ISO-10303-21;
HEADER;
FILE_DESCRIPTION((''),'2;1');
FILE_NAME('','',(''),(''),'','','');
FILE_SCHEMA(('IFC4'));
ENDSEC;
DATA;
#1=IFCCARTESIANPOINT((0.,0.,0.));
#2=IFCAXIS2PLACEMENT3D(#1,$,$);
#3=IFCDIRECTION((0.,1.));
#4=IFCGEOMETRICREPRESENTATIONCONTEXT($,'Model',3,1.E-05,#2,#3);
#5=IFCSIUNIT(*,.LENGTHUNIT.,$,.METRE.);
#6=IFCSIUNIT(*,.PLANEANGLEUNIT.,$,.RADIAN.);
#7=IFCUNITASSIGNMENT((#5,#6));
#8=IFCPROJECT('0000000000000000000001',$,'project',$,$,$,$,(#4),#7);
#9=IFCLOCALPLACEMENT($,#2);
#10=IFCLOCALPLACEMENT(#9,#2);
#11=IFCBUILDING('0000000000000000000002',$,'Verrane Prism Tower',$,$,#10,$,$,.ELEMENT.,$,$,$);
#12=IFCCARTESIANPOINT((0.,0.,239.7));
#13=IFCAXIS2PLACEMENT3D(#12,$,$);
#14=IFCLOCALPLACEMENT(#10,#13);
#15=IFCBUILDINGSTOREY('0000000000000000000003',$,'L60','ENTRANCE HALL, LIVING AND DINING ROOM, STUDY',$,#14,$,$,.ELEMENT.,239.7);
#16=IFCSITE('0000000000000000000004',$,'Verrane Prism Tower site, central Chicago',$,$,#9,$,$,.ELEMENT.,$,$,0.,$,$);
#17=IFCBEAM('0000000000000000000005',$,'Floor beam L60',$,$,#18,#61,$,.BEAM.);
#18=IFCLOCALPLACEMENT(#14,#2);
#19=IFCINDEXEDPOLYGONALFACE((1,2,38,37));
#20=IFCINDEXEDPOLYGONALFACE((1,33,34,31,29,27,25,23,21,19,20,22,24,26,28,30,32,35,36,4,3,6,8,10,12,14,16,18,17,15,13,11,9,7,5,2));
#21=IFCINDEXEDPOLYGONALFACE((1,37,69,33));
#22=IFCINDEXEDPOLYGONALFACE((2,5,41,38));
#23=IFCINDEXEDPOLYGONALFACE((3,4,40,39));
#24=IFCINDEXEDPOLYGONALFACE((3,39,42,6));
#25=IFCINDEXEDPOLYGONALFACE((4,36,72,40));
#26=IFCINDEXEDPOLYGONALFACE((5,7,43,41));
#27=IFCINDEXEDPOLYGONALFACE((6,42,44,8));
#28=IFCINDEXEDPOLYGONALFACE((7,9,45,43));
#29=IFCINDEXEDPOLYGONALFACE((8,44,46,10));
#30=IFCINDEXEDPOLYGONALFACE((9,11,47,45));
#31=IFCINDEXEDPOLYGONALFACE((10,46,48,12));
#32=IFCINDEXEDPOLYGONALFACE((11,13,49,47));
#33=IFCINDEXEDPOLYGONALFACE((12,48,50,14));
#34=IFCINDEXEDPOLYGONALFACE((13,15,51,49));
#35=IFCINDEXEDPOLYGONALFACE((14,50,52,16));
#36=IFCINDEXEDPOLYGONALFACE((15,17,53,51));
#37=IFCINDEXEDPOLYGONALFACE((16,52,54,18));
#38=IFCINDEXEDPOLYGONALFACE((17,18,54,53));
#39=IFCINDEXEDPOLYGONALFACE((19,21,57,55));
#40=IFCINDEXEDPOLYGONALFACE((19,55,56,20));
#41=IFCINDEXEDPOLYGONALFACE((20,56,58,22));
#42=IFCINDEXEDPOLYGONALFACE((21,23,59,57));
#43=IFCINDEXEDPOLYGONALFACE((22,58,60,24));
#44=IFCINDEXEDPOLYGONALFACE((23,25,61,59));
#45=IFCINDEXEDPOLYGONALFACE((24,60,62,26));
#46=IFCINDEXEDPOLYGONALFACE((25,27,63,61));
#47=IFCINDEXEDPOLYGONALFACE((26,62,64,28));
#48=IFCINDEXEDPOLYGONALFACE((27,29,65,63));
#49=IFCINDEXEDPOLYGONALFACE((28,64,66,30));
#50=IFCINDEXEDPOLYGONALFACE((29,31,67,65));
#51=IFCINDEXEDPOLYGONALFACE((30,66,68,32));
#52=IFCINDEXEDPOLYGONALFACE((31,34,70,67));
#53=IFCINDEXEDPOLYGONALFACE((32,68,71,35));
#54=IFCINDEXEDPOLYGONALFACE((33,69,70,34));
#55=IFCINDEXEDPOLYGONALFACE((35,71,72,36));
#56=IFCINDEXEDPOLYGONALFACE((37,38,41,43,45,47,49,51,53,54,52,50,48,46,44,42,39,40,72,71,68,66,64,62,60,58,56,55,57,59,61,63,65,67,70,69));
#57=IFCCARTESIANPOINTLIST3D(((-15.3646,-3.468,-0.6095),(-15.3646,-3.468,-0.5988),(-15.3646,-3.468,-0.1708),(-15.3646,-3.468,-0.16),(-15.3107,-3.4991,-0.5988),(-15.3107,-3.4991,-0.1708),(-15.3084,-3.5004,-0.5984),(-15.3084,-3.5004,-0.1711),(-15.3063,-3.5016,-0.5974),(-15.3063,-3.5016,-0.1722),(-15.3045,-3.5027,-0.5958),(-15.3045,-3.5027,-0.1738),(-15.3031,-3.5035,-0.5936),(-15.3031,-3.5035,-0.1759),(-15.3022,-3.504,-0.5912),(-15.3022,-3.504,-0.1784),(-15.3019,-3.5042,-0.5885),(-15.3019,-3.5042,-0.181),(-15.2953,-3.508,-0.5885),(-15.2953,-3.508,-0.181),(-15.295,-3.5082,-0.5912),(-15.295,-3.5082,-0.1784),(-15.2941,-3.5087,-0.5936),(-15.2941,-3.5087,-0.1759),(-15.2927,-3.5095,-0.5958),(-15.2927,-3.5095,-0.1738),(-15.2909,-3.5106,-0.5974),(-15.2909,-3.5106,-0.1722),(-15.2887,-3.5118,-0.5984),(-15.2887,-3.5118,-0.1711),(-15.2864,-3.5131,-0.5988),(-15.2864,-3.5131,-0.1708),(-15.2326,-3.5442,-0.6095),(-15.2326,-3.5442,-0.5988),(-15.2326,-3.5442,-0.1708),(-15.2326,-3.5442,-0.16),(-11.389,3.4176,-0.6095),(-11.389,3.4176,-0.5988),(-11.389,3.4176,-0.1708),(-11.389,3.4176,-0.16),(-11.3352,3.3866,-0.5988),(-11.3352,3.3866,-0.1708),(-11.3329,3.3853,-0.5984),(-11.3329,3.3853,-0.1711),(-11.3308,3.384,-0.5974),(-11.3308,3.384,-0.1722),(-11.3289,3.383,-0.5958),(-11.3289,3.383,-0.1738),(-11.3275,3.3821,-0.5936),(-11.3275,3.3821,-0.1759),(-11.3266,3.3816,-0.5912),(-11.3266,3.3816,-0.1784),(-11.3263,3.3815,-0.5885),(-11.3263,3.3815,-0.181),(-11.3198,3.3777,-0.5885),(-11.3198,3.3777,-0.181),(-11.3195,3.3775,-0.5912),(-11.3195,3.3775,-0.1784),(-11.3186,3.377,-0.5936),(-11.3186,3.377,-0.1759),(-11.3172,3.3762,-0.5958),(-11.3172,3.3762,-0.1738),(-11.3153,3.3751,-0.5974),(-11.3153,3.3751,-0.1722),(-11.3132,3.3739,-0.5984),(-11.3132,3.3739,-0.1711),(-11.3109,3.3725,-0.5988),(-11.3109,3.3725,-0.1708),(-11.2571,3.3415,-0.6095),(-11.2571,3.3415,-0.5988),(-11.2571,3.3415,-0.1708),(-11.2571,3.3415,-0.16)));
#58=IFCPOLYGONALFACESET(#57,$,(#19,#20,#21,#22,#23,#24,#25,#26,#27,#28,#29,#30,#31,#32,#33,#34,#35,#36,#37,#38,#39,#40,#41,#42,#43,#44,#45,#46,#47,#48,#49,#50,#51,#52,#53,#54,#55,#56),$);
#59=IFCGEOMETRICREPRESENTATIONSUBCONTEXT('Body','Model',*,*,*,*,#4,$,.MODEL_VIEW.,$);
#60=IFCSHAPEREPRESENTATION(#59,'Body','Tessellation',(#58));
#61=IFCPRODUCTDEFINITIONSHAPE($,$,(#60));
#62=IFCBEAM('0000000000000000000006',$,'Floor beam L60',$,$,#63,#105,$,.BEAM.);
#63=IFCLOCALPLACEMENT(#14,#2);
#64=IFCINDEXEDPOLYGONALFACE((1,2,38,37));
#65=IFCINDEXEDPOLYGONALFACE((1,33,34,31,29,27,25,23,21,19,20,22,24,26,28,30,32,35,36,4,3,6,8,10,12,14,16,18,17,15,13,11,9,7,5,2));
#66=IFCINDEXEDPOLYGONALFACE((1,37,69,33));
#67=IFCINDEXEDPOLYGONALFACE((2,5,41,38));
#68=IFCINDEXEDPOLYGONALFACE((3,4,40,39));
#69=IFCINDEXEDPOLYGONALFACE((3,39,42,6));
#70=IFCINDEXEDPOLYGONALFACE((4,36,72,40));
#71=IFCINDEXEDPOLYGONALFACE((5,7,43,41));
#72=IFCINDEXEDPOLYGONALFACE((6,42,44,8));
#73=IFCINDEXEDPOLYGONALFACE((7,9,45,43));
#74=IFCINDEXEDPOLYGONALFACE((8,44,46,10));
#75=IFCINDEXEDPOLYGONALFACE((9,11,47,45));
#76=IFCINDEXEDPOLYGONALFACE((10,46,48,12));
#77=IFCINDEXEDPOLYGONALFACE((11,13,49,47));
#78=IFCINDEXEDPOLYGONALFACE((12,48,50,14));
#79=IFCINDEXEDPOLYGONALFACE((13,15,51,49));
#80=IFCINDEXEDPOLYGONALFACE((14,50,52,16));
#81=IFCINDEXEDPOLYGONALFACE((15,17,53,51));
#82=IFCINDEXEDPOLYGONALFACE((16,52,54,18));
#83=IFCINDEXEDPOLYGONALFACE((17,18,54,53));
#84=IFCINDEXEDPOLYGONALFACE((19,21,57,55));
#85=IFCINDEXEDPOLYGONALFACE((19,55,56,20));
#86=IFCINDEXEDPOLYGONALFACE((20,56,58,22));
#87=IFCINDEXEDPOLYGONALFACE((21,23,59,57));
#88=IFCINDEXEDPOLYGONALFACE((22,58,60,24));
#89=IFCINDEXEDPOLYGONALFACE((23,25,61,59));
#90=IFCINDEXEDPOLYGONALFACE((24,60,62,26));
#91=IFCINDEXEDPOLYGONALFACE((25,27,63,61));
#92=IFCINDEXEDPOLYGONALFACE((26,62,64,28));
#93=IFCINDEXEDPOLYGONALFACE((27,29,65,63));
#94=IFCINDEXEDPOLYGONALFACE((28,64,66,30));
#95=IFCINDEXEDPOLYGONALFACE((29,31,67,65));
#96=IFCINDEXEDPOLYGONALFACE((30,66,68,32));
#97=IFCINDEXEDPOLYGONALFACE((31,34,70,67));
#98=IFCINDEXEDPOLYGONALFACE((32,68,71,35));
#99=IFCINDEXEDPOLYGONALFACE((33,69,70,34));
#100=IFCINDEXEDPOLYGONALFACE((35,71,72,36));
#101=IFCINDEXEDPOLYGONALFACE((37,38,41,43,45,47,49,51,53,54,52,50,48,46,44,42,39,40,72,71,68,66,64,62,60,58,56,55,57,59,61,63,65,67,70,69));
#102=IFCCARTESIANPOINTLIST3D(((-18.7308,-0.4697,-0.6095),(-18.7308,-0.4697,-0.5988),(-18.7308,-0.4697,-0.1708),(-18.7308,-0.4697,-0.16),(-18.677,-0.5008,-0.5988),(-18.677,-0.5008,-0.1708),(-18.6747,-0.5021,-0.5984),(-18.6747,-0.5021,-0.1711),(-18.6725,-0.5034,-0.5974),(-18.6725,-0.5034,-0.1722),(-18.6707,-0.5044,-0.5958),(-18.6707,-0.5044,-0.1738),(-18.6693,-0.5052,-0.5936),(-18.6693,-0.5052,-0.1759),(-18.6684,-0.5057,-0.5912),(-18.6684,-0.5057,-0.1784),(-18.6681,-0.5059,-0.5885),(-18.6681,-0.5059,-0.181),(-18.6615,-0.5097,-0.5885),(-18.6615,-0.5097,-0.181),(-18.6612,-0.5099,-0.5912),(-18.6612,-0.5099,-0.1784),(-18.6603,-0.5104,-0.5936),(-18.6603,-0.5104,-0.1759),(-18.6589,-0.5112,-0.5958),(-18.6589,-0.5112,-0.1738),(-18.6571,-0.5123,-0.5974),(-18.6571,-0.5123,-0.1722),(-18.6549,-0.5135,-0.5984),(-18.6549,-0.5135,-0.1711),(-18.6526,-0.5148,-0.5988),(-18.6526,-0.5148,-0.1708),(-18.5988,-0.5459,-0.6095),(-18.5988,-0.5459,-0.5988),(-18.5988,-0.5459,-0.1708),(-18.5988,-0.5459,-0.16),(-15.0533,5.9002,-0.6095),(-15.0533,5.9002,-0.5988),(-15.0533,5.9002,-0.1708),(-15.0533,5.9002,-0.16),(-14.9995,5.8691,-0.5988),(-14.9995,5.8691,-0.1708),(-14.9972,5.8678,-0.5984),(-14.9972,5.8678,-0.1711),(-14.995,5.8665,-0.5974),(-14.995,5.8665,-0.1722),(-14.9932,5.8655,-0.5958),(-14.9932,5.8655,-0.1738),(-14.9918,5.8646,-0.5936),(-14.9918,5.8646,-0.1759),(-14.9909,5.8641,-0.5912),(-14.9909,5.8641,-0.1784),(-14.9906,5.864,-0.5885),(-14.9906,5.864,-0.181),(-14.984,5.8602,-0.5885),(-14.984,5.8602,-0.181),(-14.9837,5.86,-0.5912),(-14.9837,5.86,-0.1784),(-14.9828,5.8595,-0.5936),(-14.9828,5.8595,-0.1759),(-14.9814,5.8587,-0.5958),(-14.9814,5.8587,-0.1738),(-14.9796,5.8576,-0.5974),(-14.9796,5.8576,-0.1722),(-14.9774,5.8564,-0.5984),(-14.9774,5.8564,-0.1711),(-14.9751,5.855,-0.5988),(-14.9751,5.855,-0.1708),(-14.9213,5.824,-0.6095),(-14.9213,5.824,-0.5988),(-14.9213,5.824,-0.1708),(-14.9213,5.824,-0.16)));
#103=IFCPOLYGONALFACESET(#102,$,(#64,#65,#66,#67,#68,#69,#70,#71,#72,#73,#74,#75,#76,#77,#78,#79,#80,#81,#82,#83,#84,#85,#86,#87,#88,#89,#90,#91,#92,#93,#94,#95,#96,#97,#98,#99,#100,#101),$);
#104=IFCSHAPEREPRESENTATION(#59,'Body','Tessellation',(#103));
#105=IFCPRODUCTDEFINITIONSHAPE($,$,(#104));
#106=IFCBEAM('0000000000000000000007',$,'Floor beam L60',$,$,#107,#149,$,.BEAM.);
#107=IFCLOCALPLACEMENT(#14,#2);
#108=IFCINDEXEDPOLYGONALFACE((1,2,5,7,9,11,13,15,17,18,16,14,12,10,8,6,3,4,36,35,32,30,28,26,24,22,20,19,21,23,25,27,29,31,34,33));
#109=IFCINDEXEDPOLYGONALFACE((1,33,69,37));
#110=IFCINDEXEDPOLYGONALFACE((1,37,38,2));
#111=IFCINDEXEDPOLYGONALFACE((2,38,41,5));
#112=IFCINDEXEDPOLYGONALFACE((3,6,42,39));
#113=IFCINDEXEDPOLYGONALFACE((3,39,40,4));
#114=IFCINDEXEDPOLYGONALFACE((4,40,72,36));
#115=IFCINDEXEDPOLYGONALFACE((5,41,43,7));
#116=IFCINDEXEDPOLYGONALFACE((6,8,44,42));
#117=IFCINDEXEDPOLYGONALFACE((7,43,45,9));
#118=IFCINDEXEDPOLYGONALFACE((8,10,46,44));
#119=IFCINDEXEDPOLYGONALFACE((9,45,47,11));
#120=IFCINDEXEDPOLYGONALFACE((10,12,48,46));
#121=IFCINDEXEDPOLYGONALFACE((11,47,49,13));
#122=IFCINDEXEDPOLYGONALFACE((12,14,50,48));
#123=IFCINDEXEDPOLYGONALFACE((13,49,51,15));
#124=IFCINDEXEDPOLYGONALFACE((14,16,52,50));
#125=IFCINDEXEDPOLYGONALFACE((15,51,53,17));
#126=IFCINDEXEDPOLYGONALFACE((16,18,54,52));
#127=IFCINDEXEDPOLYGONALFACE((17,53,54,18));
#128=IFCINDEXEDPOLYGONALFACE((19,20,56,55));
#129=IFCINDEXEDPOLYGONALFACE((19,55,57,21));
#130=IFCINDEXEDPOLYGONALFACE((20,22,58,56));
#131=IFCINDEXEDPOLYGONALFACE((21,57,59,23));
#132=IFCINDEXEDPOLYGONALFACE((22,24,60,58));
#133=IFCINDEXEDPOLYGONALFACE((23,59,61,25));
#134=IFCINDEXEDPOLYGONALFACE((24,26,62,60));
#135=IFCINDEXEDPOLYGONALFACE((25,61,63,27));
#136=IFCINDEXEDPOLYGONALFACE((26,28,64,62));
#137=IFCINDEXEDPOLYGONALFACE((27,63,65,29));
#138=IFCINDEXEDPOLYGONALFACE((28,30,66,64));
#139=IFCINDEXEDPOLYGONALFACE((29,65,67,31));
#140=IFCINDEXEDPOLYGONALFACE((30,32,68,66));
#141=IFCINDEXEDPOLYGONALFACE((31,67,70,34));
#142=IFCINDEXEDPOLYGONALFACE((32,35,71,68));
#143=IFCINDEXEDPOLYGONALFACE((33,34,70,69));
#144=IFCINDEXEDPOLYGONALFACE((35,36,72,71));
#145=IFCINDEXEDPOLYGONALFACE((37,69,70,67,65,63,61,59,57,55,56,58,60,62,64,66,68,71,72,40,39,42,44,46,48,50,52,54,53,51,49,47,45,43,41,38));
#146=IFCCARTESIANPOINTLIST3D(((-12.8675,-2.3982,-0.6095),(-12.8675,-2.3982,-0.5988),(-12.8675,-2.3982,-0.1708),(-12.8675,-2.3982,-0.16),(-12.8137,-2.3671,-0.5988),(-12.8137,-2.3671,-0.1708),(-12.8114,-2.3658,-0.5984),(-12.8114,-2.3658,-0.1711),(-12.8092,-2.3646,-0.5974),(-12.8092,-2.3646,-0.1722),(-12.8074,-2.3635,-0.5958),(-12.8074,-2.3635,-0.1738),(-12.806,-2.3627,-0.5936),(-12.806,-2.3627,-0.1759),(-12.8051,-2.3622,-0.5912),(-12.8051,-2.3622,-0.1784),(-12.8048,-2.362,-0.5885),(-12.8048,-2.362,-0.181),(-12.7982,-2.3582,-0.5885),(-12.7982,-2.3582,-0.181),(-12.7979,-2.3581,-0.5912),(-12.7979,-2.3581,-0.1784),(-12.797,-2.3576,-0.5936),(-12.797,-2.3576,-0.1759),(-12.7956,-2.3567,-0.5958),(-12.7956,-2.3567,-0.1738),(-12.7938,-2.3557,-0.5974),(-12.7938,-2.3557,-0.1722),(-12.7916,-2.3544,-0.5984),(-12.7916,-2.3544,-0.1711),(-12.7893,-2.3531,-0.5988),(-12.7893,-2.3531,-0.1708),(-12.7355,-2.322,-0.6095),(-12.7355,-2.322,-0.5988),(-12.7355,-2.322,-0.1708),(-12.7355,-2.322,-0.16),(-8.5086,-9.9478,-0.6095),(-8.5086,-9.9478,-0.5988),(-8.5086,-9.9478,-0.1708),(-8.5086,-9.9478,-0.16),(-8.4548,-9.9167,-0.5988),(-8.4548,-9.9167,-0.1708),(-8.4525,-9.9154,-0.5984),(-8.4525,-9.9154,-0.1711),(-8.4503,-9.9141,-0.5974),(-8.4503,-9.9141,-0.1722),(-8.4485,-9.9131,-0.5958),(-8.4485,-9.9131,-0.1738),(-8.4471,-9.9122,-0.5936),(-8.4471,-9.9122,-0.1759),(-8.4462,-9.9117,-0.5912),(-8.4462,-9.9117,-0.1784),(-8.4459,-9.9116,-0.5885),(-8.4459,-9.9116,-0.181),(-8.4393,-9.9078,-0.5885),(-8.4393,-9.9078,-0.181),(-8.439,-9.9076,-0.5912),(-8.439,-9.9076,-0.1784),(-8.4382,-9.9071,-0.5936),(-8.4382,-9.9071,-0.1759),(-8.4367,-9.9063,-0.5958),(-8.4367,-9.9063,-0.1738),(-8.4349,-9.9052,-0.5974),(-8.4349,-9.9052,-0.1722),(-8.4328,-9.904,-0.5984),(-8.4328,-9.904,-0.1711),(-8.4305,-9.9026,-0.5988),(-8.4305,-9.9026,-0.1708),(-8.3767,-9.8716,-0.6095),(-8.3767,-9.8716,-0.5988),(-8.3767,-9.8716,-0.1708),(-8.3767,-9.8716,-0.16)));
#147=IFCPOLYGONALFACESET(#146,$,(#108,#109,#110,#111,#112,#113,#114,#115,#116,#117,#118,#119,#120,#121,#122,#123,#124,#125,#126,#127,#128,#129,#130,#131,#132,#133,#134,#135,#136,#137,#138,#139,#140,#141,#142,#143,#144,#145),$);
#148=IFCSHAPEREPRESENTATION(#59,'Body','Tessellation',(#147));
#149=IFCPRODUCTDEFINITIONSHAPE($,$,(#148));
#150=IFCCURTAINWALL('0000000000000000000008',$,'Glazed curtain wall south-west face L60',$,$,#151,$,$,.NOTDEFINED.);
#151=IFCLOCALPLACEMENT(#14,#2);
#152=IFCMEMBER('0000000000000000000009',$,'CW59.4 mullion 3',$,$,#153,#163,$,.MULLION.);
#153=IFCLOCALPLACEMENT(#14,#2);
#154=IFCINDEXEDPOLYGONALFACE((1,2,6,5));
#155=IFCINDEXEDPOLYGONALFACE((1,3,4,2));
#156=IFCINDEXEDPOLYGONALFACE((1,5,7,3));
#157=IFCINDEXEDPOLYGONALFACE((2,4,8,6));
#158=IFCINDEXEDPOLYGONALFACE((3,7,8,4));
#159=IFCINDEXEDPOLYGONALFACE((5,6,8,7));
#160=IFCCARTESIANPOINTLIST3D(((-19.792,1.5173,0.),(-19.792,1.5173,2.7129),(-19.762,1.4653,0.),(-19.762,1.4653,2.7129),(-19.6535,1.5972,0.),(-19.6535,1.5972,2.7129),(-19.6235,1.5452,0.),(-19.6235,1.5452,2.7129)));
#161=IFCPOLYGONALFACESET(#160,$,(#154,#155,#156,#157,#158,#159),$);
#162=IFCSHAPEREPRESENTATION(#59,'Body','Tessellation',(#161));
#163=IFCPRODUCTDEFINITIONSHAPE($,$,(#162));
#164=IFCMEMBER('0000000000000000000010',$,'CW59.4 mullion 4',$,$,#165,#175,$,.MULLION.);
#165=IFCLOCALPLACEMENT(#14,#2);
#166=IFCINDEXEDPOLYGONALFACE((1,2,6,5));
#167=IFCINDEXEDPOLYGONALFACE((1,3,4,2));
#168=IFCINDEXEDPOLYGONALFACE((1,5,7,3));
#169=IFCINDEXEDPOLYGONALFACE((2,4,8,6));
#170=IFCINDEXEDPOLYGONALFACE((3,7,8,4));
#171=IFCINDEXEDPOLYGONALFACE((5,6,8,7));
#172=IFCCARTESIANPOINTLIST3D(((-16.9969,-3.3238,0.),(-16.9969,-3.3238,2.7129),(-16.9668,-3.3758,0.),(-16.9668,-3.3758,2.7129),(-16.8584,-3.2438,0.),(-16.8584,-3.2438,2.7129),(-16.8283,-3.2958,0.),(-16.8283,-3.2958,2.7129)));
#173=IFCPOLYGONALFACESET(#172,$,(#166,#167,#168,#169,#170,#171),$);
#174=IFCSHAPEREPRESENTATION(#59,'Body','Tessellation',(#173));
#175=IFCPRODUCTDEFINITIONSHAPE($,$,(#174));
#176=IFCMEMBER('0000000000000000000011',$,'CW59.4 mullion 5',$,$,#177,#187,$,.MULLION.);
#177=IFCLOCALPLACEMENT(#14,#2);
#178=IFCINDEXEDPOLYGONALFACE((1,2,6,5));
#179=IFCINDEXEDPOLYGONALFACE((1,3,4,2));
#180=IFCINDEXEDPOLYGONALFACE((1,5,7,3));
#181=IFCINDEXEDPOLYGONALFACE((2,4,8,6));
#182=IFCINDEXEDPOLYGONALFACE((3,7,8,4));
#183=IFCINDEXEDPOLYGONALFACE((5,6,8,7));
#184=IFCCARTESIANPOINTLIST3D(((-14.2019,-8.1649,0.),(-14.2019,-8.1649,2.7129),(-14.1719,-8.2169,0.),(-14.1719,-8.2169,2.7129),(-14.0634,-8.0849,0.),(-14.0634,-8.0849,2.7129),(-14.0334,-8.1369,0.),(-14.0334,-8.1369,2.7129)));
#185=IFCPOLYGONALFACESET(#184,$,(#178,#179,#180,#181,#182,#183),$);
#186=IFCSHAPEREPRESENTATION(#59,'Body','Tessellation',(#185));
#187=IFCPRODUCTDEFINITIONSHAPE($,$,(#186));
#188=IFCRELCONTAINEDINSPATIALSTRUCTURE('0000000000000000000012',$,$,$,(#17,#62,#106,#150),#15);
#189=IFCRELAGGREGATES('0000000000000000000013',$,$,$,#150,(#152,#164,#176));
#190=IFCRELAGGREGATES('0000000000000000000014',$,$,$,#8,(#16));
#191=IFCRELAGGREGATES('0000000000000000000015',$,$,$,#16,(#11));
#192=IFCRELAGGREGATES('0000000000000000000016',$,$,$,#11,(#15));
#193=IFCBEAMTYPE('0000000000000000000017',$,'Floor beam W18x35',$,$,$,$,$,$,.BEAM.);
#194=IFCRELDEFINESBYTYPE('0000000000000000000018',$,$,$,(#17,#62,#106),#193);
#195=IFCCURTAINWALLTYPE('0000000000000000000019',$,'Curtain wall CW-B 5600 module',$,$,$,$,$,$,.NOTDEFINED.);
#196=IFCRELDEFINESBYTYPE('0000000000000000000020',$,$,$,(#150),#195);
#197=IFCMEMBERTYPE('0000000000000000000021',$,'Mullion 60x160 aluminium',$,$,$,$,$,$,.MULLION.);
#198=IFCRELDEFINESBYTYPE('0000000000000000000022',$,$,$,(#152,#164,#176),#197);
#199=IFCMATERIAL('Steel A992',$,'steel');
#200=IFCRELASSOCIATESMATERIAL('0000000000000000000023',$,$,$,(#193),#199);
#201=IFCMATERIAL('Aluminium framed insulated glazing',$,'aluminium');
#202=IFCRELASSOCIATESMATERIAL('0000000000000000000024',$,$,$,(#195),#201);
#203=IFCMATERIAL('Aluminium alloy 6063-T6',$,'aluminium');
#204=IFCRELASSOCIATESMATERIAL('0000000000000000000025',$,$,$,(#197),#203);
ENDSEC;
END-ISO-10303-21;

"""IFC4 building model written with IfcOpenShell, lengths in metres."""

from ifc_helpers import new_model, si_unit, direction, frame, origin, origin_2d, place, context, subcontext, project, spatial, rectangle, i_section, extrude, material, material_profile, profile_set, type_object, element, aggregate, save


model = new_model("IFC4")

# Units and contexts
model_context = context("Model", 3, precision=1e-05, world=origin(), true_north=direction((0.0, 1.0)))
body_context = subcontext(model_context, "Body", "Model", "MODEL_VIEW")
ifc_project = project(units=[si_unit("LENGTHUNIT", "METRE"), si_unit("PLANEANGLEUNIT", "RADIAN")], contexts=[model_context])

# Site, building, storey
site_placement = place(None, origin())
site = spatial("IfcSite", under=ifc_project, at=site_placement, Name="Verrane Prism Tower site, central Chicago", CompositionType="ELEMENT", RefElevation=0.0)
building_placement = place(site_placement, origin())
building = spatial("IfcBuilding", under=site, at=building_placement, Name="Verrane Prism Tower", CompositionType="ELEMENT")
storey_placement = place(building_placement, frame((0.0, 0.0, 239.7)))
storey = spatial("IfcBuildingStorey", under=building, at=storey_placement, Name="L60", Description="ENTRANCE HALL, LIVING AND DINING ROOM, STUDY", CompositionType="ELEMENT", Elevation=239.7)

# Beams
ifc_material_1 = material(Name="Steel A992", Category="steel")
ifc_material_profile_1 = material_profile(ifc_material_1, i_section(OverallWidth=0.1523, OverallDepth=0.4495, WebThickness=0.0076, FlangeThickness=0.0107, FilletRadius=0.0103, at=origin_2d()), Name="W18x35")
ifc_profile_set_1 = profile_set([ifc_material_profile_1], Name="Steel A992")
beam_type_1 = type_object("IfcBeamType", Name="Floor beam W18x35", PredefinedType="BEAM", material=ifc_profile_set_1)
beam_1_placement = place(storey_placement, frame((-15.2986, -3.5061, -0.3848), z_axis=(0.50001, 0.86602, 0.0), x_axis=(-0.86602, 0.50001, 0.0)))
element("IfcBeam", 1, at=beam_1_placement, inside=storey, type_object=beam_type_1, Name="Floor beam L60", PredefinedType="BEAM", context=body_context, shape_type="SweptSolid", body=[
    extrude(i_section(OverallWidth=0.1523, OverallDepth=0.4495, WebThickness=0.0076, FlangeThickness=0.0107, FilletRadius=0.0103, at=origin_2d()), origin(), (0.0, 0.0, 1.0), 7.9509),
])
beam_2_placement = place(storey_placement, frame((-18.6648, -0.5078, -0.3848), z_axis=(0.499984, 0.866035, 0.0), x_axis=(-0.866035, 0.499984, 0.0)))
element("IfcBeam", 2, at=beam_2_placement, inside=storey, type_object=beam_type_1, Name="Floor beam L60", PredefinedType="BEAM", context=body_context, shape_type="SweptSolid", body=[
    extrude(i_section(OverallWidth=0.1523, OverallDepth=0.4495, WebThickness=0.0076, FlangeThickness=0.0107, FilletRadius=0.0103, at=origin_2d()), origin(), (0.0, 0.0, 1.0), 7.3552),
])
beam_3_placement = place(storey_placement, frame((-8.4426, -9.9097, -0.3848), z_axis=(-0.500013, 0.866018, 0.0), x_axis=(-0.866018, -0.500013, 0.0)))
element("IfcBeam", 3, at=beam_3_placement, inside=storey, type_object=beam_type_1, Name="Floor beam L60", PredefinedType="BEAM", context=body_context, shape_type="SweptSolid", body=[
    extrude(i_section(OverallWidth=0.1523, OverallDepth=0.4495, WebThickness=0.0076, FlangeThickness=0.0107, FilletRadius=0.0103, at=origin_2d()), origin(), (0.0, 0.0, 1.0), 8.7175),
])

# Curtain wall, members
ifc_material_2 = material(Name="Aluminium framed insulated glazing", Category="aluminium")
curtain_wall_type = type_object("IfcCurtainWallType", Name="Curtain wall CW-B 5600 module", PredefinedType="NOTDEFINED", material=ifc_material_2)
curtain_wall_placement = place(storey_placement, origin())
curtain_wall = element("IfcCurtainWall", 4, at=curtain_wall_placement, inside=storey, type_object=curtain_wall_type, Name="Glazed curtain wall south-west face L60", PredefinedType="NOTDEFINED")
ifc_material_3 = material(Name="Aluminium alloy 6063-T6", Category="aluminium")
ifc_material_profile_2 = material_profile(ifc_material_3, rectangle(XDim=0.1599, YDim=0.0601, at=origin_2d()), Name="Mullion 60x160 aluminium")
ifc_profile_set_2 = profile_set([ifc_material_profile_2], Name="Aluminium alloy 6063-T6")
member_type_1 = type_object("IfcMemberType", Name="Mullion 60x160 aluminium", PredefinedType="MULLION", material=ifc_profile_set_2)
member_1_placement = place(storey_placement, frame((-19.7078, 1.5312, 0.0), z_axis=(0.0, 0.0, 1.0), x_axis=(0.866026, 0.499999, 0.0)))
member_1 = element("IfcMember", 5, at=member_1_placement, type_object=member_type_1, Name="CW59.4 mullion 3", PredefinedType="MULLION", context=body_context, shape_type="SweptSolid", body=[
    extrude(rectangle(XDim=0.1599, YDim=0.0601, at=origin_2d()), origin(), (0.0, 0.0, 1.0), 2.7129),
])
member_2_placement = place(storey_placement, frame((-16.9126, -3.3098, 0.0), z_axis=(0.0, 0.0, 1.0), x_axis=(0.866026, 0.499999, 0.0)))
member_2 = element("IfcMember", 6, at=member_2_placement, type_object=member_type_1, Name="CW59.4 mullion 4", PredefinedType="MULLION", context=body_context, shape_type="SweptSolid", body=[
    extrude(rectangle(XDim=0.1599, YDim=0.0601, at=origin_2d()), origin(), (0.0, 0.0, 1.0), 2.7129),
])
member_3_placement = place(storey_placement, frame((-14.1177, -8.1509, 0.0), z_axis=(0.0, 0.0, 1.0), x_axis=(0.866026, 0.499999, 0.0)))
member_3 = element("IfcMember", 7, at=member_3_placement, type_object=member_type_1, Name="CW59.4 mullion 5", PredefinedType="MULLION", context=body_context, shape_type="SweptSolid", body=[
    extrude(rectangle(XDim=0.1599, YDim=0.0601, at=origin_2d()), origin(), (0.0, 0.0, 1.0), 2.7129),
])

aggregate(curtain_wall, [member_1, member_2, member_3])

save(model, "model.ifc")
